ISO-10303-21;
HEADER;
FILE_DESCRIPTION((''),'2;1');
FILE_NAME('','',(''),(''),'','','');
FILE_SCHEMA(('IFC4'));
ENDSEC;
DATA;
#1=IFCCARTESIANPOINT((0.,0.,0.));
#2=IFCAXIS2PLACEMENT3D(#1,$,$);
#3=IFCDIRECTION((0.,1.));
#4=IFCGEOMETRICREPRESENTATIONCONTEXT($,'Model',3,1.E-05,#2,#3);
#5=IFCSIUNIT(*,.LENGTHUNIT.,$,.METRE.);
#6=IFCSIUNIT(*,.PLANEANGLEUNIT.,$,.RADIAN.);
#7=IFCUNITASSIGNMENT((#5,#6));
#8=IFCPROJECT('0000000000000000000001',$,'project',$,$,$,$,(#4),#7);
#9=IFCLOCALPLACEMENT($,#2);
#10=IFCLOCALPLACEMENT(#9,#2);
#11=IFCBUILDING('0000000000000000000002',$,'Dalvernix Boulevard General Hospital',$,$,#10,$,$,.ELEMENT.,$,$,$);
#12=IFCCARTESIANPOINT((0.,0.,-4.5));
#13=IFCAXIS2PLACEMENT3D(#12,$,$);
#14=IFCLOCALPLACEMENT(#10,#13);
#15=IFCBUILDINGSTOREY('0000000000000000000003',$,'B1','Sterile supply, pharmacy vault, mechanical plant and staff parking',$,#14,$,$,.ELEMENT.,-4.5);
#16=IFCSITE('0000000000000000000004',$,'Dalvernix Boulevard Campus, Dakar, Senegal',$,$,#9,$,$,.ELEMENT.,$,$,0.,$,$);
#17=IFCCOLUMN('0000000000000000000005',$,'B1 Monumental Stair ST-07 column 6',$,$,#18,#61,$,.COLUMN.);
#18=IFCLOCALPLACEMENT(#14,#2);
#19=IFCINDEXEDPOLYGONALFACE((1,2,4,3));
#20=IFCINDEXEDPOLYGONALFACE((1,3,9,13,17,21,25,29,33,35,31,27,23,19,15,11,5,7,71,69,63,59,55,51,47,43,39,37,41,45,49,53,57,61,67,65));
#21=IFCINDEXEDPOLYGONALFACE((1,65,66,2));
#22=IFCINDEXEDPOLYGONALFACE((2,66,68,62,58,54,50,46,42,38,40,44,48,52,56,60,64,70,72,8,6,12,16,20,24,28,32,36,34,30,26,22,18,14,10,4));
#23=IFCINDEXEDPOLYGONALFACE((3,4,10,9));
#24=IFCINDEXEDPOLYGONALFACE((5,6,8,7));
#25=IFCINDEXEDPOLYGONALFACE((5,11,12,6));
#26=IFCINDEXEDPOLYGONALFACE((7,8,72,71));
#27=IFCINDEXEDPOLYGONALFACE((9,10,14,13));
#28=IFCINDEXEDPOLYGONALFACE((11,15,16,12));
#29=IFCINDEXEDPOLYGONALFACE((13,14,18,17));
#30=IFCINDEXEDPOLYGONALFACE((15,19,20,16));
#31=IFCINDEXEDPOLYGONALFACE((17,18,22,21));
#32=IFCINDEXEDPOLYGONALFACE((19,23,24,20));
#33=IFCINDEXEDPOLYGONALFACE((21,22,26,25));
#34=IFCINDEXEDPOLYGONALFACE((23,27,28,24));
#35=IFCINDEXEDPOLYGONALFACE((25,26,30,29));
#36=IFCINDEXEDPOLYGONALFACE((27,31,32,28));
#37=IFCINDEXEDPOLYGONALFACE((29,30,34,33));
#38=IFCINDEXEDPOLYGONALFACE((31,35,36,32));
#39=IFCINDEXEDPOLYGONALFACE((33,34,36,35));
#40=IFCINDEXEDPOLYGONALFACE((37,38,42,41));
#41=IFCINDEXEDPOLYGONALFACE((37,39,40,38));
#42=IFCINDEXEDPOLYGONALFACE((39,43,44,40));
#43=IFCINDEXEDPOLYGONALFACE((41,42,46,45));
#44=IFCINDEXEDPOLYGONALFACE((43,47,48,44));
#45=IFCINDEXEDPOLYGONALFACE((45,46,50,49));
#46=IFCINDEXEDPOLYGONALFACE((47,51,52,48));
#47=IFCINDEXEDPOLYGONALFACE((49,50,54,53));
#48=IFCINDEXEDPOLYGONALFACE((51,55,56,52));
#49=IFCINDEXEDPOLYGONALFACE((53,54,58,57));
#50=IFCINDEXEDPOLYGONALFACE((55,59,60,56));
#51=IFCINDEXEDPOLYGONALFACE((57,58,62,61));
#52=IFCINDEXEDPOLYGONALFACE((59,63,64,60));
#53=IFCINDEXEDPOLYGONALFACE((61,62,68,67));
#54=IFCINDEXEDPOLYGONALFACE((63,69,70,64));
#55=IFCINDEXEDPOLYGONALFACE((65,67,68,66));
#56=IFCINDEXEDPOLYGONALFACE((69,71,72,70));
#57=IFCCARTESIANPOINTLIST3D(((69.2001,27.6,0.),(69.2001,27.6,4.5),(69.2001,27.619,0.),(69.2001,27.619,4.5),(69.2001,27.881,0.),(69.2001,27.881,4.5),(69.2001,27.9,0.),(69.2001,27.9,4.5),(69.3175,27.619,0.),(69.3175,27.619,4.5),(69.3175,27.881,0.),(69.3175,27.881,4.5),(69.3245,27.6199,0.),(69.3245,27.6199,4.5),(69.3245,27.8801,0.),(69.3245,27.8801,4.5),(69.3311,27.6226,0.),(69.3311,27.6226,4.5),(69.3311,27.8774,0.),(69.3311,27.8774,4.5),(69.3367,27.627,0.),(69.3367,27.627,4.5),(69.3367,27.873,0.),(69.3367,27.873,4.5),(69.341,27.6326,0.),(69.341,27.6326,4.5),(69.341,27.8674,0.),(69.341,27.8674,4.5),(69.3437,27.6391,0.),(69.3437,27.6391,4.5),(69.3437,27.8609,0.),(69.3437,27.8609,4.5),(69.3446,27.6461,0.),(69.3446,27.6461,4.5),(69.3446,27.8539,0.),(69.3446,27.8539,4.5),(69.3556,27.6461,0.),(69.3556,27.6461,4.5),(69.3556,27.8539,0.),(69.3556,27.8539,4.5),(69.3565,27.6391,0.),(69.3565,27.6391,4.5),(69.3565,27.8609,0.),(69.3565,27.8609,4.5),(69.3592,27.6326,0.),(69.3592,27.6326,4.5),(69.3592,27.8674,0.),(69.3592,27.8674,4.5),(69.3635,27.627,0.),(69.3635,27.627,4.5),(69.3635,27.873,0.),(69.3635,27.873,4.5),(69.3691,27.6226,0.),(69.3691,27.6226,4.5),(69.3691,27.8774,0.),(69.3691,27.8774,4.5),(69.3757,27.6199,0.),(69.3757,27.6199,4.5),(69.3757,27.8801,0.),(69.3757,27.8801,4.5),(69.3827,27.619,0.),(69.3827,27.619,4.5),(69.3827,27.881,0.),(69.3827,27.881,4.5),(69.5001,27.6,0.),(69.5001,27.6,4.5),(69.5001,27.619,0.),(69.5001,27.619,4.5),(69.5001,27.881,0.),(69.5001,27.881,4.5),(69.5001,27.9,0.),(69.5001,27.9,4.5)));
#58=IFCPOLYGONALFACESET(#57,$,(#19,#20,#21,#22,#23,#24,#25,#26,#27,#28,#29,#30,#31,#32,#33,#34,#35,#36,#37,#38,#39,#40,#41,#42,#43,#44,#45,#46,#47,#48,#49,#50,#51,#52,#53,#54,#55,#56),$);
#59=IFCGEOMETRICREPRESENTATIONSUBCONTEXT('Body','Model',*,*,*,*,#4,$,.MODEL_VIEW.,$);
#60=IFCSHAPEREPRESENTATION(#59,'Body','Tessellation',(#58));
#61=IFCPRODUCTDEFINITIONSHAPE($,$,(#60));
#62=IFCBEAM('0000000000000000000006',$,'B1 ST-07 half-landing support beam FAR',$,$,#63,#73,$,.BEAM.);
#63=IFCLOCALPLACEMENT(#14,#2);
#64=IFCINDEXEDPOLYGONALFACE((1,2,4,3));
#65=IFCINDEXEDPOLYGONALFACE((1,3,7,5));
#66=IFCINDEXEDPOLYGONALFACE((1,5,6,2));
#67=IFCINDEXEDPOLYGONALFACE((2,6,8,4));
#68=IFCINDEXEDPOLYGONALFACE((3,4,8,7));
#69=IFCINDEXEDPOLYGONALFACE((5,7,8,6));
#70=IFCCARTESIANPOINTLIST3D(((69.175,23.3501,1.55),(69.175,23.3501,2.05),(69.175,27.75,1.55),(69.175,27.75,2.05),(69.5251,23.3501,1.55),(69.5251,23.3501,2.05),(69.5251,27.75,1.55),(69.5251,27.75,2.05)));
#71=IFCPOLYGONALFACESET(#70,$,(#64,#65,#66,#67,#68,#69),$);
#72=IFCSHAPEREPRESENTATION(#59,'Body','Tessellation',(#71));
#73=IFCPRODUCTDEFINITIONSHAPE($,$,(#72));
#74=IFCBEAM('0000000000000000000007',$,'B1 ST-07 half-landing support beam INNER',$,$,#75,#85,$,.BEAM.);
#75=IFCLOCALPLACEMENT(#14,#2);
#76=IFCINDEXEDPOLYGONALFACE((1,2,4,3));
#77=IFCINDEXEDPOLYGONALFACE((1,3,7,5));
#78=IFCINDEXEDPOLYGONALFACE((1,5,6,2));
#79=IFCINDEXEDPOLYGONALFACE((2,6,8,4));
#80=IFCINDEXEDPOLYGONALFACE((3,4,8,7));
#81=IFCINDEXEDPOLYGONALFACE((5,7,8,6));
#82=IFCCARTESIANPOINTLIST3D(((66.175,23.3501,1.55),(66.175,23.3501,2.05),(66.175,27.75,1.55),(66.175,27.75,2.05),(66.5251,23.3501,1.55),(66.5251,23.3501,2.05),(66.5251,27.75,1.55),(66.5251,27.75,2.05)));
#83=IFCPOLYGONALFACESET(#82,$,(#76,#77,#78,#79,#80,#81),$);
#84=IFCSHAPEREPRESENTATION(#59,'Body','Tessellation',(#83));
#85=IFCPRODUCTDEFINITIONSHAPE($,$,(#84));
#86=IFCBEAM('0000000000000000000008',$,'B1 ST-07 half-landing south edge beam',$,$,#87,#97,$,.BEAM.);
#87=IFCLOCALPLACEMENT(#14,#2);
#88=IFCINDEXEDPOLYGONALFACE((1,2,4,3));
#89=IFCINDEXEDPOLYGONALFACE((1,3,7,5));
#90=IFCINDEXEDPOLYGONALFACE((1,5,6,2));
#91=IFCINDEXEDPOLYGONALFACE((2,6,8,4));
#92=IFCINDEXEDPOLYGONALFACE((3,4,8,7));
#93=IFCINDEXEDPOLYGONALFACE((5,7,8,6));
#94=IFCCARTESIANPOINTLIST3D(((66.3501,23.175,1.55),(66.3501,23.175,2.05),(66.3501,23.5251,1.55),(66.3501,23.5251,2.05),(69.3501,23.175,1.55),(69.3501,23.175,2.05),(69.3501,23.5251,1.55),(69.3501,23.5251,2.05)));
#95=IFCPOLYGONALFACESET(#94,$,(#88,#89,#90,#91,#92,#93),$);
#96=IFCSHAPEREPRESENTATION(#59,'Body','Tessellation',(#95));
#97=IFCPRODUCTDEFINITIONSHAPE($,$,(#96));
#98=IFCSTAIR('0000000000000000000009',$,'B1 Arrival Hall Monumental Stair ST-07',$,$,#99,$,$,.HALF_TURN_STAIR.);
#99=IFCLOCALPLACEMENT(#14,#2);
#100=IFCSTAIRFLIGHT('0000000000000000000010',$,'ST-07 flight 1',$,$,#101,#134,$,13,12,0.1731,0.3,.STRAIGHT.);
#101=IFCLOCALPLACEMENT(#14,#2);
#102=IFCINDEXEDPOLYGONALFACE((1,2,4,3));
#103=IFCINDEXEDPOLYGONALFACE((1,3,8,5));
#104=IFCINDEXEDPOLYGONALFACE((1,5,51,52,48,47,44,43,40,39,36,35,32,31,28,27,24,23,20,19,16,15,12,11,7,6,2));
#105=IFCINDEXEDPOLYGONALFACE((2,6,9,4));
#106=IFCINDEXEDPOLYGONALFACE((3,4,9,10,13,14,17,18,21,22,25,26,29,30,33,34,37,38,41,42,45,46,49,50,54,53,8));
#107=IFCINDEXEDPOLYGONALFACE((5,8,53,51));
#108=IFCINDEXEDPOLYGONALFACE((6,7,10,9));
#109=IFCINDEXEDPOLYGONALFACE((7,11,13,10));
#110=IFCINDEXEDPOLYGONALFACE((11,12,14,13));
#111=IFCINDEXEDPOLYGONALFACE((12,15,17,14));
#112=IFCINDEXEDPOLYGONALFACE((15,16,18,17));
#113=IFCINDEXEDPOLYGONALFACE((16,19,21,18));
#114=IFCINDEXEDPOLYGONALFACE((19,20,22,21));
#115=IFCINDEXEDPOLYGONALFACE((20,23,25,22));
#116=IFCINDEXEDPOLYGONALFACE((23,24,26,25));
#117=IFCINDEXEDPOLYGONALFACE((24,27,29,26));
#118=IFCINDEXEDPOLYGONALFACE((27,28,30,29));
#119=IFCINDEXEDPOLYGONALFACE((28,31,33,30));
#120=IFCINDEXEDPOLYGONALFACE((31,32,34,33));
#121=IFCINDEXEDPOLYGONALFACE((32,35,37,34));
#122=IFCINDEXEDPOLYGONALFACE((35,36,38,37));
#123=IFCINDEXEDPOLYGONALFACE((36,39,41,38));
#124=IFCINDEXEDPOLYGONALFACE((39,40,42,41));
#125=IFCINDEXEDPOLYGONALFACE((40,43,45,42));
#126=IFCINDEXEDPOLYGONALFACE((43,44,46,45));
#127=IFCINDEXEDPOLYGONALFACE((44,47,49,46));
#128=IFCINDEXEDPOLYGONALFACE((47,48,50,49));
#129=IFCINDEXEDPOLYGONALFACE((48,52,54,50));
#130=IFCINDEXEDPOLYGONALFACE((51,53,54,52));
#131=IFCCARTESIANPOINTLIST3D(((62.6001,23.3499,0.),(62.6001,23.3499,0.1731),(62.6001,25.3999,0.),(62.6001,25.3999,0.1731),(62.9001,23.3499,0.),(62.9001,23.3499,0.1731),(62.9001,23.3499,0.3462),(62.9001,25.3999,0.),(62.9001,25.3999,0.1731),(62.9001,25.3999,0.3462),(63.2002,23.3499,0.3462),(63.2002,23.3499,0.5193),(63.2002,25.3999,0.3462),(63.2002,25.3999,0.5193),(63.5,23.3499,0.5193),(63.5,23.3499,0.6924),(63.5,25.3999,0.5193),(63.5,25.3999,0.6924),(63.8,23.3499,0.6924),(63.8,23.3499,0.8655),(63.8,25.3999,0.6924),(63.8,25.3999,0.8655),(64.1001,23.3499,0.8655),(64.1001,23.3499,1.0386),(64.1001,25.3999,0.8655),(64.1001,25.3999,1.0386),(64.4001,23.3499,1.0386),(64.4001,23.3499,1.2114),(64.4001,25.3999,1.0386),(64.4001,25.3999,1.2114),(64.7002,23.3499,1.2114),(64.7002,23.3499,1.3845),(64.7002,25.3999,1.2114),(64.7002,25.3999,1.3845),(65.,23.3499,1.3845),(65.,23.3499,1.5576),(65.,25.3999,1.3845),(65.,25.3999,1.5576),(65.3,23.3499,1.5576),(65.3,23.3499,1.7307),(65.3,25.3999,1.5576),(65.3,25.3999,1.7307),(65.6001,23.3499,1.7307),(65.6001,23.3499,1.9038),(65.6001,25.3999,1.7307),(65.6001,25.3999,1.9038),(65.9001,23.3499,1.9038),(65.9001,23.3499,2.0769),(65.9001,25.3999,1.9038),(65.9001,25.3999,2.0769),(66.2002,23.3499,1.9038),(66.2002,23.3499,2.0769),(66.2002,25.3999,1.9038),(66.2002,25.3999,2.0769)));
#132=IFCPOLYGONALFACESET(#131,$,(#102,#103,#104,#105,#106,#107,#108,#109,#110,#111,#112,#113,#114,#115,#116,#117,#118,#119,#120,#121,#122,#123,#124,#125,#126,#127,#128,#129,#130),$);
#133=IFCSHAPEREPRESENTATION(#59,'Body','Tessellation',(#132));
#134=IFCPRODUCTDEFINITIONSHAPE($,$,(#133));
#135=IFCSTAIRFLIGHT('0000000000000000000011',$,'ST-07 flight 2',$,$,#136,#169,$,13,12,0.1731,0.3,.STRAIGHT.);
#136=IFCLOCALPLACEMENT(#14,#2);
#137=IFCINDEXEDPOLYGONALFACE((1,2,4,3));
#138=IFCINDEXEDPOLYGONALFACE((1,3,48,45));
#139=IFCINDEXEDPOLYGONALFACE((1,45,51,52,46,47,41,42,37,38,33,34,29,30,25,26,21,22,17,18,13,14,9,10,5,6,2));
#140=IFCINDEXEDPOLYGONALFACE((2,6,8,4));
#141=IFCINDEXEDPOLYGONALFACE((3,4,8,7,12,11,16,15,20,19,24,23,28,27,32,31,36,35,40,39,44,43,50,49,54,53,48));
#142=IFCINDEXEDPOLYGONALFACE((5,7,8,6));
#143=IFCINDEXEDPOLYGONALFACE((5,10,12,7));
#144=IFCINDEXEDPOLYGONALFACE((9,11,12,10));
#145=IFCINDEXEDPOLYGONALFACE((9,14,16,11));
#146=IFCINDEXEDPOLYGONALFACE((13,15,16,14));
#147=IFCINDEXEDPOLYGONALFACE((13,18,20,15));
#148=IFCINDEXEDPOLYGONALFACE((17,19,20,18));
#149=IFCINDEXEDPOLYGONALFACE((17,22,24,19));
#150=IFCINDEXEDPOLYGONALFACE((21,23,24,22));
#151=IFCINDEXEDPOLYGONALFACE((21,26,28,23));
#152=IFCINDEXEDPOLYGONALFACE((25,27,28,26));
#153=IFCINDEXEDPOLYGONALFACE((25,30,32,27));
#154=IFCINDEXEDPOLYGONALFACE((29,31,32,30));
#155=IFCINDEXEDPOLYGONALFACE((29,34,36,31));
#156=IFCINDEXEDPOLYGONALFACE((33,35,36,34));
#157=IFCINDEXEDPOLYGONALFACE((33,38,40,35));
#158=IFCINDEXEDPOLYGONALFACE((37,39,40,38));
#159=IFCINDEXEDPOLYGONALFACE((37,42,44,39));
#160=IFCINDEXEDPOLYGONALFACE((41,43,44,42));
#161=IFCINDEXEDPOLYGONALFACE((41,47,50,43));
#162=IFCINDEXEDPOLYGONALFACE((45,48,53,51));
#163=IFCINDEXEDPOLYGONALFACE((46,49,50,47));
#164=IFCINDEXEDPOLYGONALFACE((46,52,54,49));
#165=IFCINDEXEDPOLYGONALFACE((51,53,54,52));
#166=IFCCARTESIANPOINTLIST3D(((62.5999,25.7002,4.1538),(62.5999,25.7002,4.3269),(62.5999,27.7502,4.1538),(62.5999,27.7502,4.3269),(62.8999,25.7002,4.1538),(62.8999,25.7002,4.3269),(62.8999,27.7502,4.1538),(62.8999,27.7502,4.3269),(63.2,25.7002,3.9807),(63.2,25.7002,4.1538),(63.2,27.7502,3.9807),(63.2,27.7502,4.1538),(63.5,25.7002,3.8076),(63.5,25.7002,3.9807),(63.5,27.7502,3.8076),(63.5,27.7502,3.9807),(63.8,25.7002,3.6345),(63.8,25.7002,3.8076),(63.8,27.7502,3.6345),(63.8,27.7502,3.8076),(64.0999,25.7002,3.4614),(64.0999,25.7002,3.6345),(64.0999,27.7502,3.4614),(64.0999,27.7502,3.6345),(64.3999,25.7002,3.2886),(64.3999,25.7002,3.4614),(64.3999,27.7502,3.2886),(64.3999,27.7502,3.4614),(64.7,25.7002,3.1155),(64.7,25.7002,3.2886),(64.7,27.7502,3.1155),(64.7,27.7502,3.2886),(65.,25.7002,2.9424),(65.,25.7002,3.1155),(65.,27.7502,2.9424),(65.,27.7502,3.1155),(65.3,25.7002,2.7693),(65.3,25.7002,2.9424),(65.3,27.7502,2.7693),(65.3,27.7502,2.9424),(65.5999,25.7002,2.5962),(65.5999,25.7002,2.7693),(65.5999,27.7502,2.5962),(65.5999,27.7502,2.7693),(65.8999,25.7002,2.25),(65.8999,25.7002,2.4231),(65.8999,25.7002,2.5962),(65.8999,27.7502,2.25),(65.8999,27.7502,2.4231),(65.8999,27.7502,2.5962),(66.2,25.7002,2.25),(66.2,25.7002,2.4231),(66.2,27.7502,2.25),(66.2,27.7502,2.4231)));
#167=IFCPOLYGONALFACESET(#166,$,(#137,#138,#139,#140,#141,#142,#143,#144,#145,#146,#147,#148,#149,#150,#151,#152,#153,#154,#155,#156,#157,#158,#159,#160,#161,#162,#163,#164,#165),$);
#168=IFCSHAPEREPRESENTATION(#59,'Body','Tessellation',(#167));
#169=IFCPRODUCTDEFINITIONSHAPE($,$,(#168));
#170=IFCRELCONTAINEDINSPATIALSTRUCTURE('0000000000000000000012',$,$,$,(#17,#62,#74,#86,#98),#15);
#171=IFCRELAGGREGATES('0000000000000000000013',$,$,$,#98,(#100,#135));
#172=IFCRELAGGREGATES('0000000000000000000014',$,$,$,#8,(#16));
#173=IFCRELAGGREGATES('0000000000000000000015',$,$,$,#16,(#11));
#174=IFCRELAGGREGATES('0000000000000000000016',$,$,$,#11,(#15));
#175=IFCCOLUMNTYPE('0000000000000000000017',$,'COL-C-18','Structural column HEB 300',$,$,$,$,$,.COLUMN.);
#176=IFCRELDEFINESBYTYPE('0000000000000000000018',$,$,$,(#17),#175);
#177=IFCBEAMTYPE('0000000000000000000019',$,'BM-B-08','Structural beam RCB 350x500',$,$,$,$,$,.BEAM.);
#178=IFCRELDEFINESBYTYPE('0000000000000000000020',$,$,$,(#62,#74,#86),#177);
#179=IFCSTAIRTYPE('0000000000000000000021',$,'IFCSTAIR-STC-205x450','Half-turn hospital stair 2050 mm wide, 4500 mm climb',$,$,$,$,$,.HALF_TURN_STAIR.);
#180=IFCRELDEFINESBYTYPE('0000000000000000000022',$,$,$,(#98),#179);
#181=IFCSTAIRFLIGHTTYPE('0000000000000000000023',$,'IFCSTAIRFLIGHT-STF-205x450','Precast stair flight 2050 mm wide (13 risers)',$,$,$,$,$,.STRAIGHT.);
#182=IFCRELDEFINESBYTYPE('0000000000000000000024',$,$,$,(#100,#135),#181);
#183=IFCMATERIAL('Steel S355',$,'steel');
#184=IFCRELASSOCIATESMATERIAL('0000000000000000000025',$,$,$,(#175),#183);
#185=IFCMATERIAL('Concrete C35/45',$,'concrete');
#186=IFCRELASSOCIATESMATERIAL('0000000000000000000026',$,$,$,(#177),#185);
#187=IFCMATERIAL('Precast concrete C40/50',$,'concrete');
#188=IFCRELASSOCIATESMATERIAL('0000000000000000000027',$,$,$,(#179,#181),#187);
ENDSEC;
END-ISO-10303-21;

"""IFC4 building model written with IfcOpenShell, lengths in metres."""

from ifc_helpers import new_model, si_unit, direction, frame, origin, origin_2d, place, context, subcontext, project, spatial, polyline, rectangle, i_section, outline, extrude, material, material_profile, profile_set, type_object, element, aggregate, save


model = new_model("IFC4")

# Units and contexts
model_context = context("Model", 3, precision=1e-05, world=origin(), true_north=direction((0.0, 1.0)))
body_context = subcontext(model_context, "Body", "Model", "MODEL_VIEW")
ifc_project = project(units=[si_unit("LENGTHUNIT", "METRE"), si_unit("PLANEANGLEUNIT", "RADIAN")], contexts=[model_context])

# Site, building, storey
site_placement = place(None, origin())
site = spatial("IfcSite", under=ifc_project, at=site_placement, Name="Dalvernix Boulevard Campus, Dakar, Senegal", CompositionType="ELEMENT", RefElevation=0.0)
building_placement = place(site_placement, origin())
building = spatial("IfcBuilding", under=site, at=building_placement, Name="Dalvernix Boulevard General Hospital", CompositionType="ELEMENT")
storey_placement = place(building_placement, frame((0.0, 0.0, -4.5)))
storey = spatial("IfcBuildingStorey", under=building, at=storey_placement, Name="B1", Description="Sterile supply, pharmacy vault, mechanical plant and staff parking", CompositionType="ELEMENT", Elevation=-4.5)

# Shared definitions
ifc_material_1 = material(Name="Concrete C35/45", Category="concrete")

# Column
ifc_material_2 = material(Name="Steel S355", Category="steel")
ifc_material_profile_1 = material_profile(ifc_material_2, i_section(OverallWidth=0.3, OverallDepth=0.3, WebThickness=0.011, FlangeThickness=0.019, FilletRadius=0.0271, at=origin_2d()), Name="HEB 300")
ifc_profile_set_1 = profile_set([ifc_material_profile_1], Name="Steel S355")
column_type_1 = type_object("IfcColumnType", Name="COL-C-18", Description="Structural column HEB 300", PredefinedType="COLUMN", material=ifc_profile_set_1)
for number, where, z_axis, x_axis, name in (
    (1, (69.3501, 27.75, 0.0), (0.0, 0.0, 1.0), (1.0, 0.0, 0.0), "B1 Monumental Stair ST-07 column 6"),
):
    element("IfcColumn", number, at=place(storey_placement, frame(where, z_axis=z_axis, x_axis=x_axis)), inside=storey, type_object=column_type_1, Name=name, PredefinedType="COLUMN", context=body_context, shape_type="SweptSolid", body=[
        extrude(i_section(OverallWidth=0.3, OverallDepth=0.3, WebThickness=0.011, FlangeThickness=0.019, FilletRadius=0.0271, at=origin_2d()), origin(), (0.0, 0.0, 1.0), 4.5),
    ])

# Beams
ifc_material_profile_2 = material_profile(ifc_material_1, rectangle(XDim=0.3501, YDim=0.5, at=origin_2d()), Name="RCB 350x500")
ifc_profile_set_2 = profile_set([ifc_material_profile_2], Name="Concrete C35/45")
beam_type = type_object("IfcBeamType", Name="BM-B-08", Description="Structural beam RCB 350x500", PredefinedType="BEAM", material=ifc_profile_set_2)
for number, where, z_axis, x_axis, name in (
    (2, (69.3501, 23.3501, 1.8), (0.0, 1.0, 0.0), (-1.0, 0.0, 0.0), "B1 ST-07 half-landing support beam FAR"),
    (3, (66.3501, 23.3501, 1.8), (0.0, 1.0, 0.0), (-1.0, 0.0, 0.0), "B1 ST-07 half-landing support beam INNER"),
):
    element("IfcBeam", number, at=place(storey_placement, frame(where, z_axis=z_axis, x_axis=x_axis)), inside=storey, type_object=beam_type, Name=name, PredefinedType="BEAM", context=body_context, shape_type="SweptSolid", body=[
        extrude(rectangle(XDim=0.3501, YDim=0.5, at=origin_2d()), origin(), (0.0, 0.0, 1.0), 4.3999),
    ])
beam_placement = place(storey_placement, frame((66.3501, 23.3501, 1.8), z_axis=(1.0, 0.0, 0.0), x_axis=(0.0, 1.0, 0.0)))
element("IfcBeam", 4, at=beam_placement, inside=storey, type_object=beam_type, Name="B1 ST-07 half-landing south edge beam", PredefinedType="BEAM", context=body_context, shape_type="SweptSolid", body=[
    extrude(rectangle(XDim=0.3501, YDim=0.5, at=origin_2d()), origin(), (0.0, 0.0, 1.0), 3.0),
])

# Stair, stair flights
ifc_material_3 = material(Name="Precast concrete C40/50", Category="concrete")
stair_type = type_object("IfcStairType", Name="IFCSTAIR-STC-205x450", Description="Half-turn hospital stair 2050 mm wide, 4500 mm climb", PredefinedType="HALF_TURN_STAIR", material=ifc_material_3)
stair_placement = place(storey_placement, origin())
stair = element("IfcStair", 5, at=stair_placement, inside=storey, type_object=stair_type, Name="B1 Arrival Hall Monumental Stair ST-07", PredefinedType="HALF_TURN_STAIR")
stair_flight_type = type_object("IfcStairFlightType", Name="IFCSTAIRFLIGHT-STF-205x450", Description="Precast stair flight 2050 mm wide (13 risers)", PredefinedType="STRAIGHT", material=ifc_material_3)
stair_flight_1_placement = place(storey_placement, frame((62.6001, 24.375, 0.0), z_axis=(0.0, 0.0, 1.0), x_axis=(1.0, 0.0, 0.0)))
stair_flight_1 = element("IfcStairFlight", 6, at=stair_flight_1_placement, type_object=stair_flight_type, Name="ST-07 flight 1", NumberOfRisers=13, NumberOfTreads=12, PredefinedType="STRAIGHT", RiserHeight=0.1731, TreadLength=0.3, context=body_context, shape_type="SweptSolid", body=[
    extrude(outline(polyline([(0.0, 0.0), (0.0, 0.1731), (0.3, 0.1731), (0.3, 0.3462), (0.6001, 0.3462), (0.6001, 0.5193), (0.8999, 0.5193), (0.8999, 0.6924), (1.2, 0.6924), (1.2, 0.8655), (1.5, 0.8655), (1.5, 1.0386), (1.8, 1.0386), (1.8, 1.2114), (2.1001, 1.2114), (2.1001, 1.3845), (2.3999, 1.3845), (2.3999, 1.5576), (2.7, 1.5576), (2.7, 1.7307), (3.0, 1.7307), (3.0, 1.9038), (3.3, 1.9038), (3.3, 2.0769), (3.6001, 2.0769), (3.6001, 2.25), (3.6001, 1.9038), (0.3, 0.0), (0.0, 0.0)])), frame((0.0, 1.0249, 0.0), z_axis=(0.0, -1.0, 0.0), x_axis=(1.0, 0.0, 0.0)), (0.0, 0.0, 1.0), 2.05),
])
stair_flight_2_placement = place(storey_placement, frame((66.2, 26.7251, 2.25), z_axis=(0.0, 0.0, 1.0), x_axis=(-1.0, 0.0, 0.0)))
stair_flight_2 = element("IfcStairFlight", 7, at=stair_flight_2_placement, type_object=stair_flight_type, Name="ST-07 flight 2", NumberOfRisers=13, NumberOfTreads=12, PredefinedType="STRAIGHT", RiserHeight=0.1731, TreadLength=0.3, context=body_context, shape_type="SweptSolid", body=[
    extrude(outline(polyline([(0.0, 0.0), (0.0, 0.1731), (0.3, 0.1731), (0.3, 0.3462), (0.6001, 0.3462), (0.6001, 0.5193), (0.8999, 0.5193), (0.8999, 0.6924), (1.2, 0.6924), (1.2, 0.8655), (1.5, 0.8655), (1.5, 1.0386), (1.8, 1.0386), (1.8, 1.2114), (2.1001, 1.2114), (2.1001, 1.3845), (2.3999, 1.3845), (2.3999, 1.5576), (2.7, 1.5576), (2.7, 1.7307), (3.0, 1.7307), (3.0, 1.9038), (3.3, 1.9038), (3.3, 2.0769), (3.6001, 2.0769), (3.6001, 2.25), (3.6001, 1.9038), (0.3, 0.0), (0.0, 0.0)])), frame((0.0, 1.0249, 0.0), z_axis=(0.0, -1.0, 0.0), x_axis=(1.0, 0.0, 0.0)), (0.0, 0.0, 1.0), 2.05),
])
aggregate(stair, [stair_flight_1, stair_flight_2])

save(model, "model.ifc")
